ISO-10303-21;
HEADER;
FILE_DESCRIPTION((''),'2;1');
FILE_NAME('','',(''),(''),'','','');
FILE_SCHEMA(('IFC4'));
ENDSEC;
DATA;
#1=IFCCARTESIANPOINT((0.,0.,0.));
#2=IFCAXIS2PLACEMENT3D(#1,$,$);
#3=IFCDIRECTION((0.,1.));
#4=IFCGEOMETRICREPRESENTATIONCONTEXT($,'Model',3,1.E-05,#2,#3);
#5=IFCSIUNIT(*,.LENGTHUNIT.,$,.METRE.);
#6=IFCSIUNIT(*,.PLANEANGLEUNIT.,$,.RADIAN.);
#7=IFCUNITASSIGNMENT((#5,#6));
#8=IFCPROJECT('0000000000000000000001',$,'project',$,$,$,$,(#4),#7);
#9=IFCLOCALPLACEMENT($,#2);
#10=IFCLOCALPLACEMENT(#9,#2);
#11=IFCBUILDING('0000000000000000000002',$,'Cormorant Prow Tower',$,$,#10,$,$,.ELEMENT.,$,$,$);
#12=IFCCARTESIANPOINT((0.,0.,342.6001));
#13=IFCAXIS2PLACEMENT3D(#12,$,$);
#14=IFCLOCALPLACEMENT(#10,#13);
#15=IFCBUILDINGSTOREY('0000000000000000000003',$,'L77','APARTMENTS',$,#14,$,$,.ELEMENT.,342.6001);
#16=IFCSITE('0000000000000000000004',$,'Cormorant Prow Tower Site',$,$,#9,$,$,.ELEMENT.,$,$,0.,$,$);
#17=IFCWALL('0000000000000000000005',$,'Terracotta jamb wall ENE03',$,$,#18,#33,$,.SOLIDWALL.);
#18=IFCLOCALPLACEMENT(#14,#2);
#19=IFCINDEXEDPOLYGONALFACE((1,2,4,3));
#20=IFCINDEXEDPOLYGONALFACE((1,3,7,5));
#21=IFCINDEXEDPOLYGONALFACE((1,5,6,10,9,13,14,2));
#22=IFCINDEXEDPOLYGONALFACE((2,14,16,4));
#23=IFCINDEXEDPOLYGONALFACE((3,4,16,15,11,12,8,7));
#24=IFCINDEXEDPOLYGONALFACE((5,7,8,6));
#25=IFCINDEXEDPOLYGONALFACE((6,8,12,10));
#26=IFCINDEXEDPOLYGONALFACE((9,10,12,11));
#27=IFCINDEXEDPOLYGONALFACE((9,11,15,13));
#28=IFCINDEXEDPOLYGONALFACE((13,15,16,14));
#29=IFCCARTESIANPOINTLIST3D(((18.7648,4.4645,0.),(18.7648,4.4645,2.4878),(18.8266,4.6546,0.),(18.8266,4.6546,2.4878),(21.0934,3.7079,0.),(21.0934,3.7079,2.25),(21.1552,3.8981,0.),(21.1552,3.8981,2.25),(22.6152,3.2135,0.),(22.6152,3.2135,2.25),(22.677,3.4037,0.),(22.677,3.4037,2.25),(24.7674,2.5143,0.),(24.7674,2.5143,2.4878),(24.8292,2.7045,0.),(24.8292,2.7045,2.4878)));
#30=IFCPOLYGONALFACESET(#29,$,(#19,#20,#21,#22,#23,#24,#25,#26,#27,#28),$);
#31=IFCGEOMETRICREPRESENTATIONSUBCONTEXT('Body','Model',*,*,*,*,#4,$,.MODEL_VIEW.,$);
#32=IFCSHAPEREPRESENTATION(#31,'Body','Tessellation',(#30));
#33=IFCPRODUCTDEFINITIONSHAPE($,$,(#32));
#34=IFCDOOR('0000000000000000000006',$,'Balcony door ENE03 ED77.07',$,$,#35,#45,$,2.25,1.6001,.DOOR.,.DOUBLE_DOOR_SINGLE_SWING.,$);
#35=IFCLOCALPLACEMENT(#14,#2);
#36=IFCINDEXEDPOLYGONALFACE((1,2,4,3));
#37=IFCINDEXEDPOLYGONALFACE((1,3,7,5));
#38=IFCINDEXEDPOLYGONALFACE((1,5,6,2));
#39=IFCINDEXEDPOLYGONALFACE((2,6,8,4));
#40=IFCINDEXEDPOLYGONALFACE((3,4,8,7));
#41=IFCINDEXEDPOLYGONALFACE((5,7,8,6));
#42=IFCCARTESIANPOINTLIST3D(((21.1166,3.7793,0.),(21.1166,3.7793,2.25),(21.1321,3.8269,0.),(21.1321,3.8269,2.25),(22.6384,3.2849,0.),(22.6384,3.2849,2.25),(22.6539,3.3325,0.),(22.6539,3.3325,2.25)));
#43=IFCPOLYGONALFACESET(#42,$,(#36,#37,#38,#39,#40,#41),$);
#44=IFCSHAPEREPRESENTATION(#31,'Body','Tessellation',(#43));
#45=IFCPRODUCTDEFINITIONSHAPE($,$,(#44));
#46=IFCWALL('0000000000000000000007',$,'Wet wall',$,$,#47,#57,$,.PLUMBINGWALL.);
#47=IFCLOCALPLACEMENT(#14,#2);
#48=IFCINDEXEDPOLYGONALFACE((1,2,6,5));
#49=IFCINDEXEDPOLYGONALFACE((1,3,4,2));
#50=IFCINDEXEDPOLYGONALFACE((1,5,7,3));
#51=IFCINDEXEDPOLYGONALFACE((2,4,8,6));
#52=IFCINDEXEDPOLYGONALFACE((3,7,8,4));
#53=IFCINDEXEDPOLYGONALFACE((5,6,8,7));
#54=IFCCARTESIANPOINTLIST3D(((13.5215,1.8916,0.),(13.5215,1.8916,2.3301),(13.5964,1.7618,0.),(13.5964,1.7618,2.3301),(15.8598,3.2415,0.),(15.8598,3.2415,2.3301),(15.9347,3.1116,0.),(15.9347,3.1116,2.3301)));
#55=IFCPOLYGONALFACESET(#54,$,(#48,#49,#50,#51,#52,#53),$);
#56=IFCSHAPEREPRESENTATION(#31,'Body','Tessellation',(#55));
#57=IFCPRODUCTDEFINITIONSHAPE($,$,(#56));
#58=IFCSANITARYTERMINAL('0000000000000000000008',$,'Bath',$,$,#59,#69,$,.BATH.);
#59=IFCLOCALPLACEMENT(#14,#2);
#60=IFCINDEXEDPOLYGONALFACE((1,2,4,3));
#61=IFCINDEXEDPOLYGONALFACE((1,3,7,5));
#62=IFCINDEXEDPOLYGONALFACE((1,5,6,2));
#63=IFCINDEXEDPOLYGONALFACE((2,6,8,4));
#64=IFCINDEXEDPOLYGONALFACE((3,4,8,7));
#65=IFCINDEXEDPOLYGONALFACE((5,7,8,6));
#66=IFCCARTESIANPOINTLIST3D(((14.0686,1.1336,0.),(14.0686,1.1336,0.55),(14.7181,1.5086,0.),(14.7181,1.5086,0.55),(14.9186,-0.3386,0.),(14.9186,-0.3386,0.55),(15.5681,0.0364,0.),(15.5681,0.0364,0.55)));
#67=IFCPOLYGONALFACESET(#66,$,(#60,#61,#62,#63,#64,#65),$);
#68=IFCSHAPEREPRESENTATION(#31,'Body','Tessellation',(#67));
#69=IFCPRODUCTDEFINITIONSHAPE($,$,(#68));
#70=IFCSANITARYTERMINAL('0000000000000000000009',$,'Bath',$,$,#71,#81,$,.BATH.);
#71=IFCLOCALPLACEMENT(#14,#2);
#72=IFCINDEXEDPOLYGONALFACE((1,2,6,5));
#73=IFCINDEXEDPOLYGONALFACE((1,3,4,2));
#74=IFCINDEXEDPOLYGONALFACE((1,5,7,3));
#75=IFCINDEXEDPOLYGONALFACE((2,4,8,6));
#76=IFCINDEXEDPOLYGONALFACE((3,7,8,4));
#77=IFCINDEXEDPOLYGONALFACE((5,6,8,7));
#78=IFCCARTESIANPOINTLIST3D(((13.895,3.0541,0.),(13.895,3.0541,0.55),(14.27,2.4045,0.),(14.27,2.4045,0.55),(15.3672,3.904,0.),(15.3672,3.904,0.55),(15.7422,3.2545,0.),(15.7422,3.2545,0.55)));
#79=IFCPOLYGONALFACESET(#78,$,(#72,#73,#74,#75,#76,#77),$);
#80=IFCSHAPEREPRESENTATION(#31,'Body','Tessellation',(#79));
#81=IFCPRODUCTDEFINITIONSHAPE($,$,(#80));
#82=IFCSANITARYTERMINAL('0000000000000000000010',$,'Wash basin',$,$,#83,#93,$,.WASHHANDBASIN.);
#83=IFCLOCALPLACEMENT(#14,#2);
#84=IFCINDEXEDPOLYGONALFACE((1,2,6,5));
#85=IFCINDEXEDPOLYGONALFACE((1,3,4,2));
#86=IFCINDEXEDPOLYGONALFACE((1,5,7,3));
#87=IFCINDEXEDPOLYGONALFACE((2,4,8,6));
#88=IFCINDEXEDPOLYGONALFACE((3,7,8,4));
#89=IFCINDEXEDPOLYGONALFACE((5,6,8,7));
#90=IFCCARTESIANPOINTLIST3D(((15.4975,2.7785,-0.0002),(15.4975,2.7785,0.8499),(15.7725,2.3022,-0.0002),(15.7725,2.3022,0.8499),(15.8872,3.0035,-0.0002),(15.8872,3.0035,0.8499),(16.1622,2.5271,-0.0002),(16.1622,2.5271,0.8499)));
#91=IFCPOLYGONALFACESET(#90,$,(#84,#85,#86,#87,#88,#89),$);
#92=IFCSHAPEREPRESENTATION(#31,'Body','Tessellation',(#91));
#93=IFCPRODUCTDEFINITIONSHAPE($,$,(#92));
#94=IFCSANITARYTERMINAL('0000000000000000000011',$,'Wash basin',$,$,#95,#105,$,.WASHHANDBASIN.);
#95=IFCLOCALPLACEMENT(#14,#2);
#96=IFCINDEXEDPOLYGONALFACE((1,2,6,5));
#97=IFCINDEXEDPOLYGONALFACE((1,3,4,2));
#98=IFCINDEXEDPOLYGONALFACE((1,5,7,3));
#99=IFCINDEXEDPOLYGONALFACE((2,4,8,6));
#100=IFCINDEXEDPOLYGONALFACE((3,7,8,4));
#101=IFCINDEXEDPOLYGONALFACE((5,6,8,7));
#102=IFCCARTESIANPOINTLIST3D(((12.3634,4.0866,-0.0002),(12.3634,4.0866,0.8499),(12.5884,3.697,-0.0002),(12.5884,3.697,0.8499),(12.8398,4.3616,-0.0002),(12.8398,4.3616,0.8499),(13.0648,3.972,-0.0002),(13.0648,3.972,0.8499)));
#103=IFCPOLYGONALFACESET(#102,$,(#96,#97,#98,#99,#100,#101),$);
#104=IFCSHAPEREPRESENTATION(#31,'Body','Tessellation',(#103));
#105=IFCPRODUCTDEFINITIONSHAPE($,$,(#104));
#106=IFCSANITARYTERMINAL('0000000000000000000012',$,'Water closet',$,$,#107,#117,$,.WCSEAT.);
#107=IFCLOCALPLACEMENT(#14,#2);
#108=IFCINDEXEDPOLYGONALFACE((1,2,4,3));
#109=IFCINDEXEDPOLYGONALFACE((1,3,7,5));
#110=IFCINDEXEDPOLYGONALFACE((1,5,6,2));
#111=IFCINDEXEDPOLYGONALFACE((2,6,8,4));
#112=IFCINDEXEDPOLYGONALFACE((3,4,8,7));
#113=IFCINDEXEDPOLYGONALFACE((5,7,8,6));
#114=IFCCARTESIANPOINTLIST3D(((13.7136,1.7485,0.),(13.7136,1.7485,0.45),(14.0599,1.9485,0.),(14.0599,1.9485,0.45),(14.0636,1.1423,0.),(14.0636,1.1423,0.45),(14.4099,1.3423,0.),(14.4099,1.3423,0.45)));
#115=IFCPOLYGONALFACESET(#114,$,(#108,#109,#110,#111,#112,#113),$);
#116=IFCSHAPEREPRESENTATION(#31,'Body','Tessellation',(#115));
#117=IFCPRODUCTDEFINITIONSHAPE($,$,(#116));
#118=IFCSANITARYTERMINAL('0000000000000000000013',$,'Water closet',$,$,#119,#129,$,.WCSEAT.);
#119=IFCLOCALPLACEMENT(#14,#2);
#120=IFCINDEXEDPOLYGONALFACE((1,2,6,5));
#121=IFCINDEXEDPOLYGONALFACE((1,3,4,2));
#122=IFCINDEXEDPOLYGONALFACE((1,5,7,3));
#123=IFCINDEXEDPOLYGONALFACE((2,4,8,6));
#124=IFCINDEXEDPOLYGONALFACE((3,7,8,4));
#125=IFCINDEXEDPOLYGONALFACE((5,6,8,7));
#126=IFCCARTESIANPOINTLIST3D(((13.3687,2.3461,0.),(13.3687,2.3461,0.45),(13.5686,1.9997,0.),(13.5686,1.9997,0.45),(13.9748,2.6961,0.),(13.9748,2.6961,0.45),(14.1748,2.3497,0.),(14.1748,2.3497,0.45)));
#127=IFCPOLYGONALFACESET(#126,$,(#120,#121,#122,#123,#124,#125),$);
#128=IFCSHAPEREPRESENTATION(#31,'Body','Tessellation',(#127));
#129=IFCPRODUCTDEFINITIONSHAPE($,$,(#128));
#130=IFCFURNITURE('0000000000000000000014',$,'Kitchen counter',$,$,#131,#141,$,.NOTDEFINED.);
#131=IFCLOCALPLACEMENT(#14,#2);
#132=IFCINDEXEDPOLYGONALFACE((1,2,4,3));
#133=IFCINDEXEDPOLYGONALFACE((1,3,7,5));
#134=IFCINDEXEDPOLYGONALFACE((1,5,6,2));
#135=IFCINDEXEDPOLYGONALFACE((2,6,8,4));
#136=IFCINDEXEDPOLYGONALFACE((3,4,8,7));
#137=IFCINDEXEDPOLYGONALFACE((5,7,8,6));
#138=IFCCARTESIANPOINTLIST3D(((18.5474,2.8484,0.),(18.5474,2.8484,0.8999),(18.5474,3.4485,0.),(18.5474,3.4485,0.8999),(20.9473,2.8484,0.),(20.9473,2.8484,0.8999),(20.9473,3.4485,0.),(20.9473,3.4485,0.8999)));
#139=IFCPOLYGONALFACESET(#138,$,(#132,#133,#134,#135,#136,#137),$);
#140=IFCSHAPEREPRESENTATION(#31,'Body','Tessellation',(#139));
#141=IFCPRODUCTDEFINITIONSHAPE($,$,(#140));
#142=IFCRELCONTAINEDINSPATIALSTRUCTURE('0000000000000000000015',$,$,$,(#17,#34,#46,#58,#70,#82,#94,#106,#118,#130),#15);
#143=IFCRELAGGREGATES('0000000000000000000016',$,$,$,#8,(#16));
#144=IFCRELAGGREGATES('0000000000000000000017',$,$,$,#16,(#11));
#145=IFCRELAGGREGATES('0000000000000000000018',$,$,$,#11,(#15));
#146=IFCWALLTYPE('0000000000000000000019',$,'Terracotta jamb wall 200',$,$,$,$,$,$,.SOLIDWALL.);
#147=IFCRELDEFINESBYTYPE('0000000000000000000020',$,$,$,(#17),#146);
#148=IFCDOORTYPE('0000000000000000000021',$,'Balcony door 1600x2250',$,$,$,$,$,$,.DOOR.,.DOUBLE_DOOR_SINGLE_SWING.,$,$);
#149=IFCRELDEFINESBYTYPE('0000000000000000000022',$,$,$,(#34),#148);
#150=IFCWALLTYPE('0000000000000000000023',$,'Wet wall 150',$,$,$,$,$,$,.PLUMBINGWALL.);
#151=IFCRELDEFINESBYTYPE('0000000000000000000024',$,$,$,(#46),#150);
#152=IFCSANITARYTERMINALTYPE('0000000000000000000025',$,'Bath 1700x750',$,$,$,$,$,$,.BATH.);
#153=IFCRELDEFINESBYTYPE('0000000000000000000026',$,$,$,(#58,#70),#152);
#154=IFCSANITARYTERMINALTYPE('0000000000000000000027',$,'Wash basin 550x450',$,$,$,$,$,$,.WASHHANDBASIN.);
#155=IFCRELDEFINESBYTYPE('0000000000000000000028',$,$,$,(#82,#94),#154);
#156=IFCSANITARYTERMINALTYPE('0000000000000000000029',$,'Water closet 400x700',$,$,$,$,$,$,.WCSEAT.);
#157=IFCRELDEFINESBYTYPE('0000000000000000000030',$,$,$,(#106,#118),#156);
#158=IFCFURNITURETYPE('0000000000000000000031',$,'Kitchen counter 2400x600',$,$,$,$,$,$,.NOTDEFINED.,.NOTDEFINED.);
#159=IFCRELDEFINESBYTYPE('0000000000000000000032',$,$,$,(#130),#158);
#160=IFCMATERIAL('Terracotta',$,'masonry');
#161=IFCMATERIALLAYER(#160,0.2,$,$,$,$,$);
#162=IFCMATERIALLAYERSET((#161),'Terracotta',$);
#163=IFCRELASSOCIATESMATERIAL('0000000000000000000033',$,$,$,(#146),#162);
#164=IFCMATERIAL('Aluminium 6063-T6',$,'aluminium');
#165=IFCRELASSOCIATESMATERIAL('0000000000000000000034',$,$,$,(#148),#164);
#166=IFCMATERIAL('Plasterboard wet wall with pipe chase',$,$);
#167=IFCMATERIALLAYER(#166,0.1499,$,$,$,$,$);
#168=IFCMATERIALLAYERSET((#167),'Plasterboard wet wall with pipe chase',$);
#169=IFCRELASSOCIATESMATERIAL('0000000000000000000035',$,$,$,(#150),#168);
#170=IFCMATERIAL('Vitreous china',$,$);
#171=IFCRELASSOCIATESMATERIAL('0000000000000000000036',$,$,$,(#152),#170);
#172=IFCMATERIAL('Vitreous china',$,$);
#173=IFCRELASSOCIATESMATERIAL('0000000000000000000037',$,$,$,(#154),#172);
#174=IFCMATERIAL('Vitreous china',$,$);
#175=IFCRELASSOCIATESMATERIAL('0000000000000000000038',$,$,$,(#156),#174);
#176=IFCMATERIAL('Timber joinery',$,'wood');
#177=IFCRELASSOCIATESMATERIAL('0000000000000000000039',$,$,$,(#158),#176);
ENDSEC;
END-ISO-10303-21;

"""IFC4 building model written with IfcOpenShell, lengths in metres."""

from ifc_helpers import new_model, si_unit, direction, frame, frame_2d, origin, origin_2d, place, context, subcontext, project, spatial, rectangle, extrude, material, layer, layer_set, type_object, element, fill, save


model = new_model("IFC4")

# Units and contexts
model_context = context("Model", 3, precision=1e-05, world=origin(), true_north=direction((0.0, 1.0)))
body_context = subcontext(model_context, "Body", "Model", "MODEL_VIEW")
ifc_project = project(units=[si_unit("LENGTHUNIT", "METRE"), si_unit("PLANEANGLEUNIT", "RADIAN")], contexts=[model_context])

# Site, building, storey
site_placement = place(None, origin())
site = spatial("IfcSite", under=ifc_project, at=site_placement, Name="Cormorant Prow Tower Site", CompositionType="ELEMENT", RefElevation=0.0)
building_placement = place(site_placement, origin())
building = spatial("IfcBuilding", under=site, at=building_placement, Name="Cormorant Prow Tower", CompositionType="ELEMENT")
storey_placement = place(building_placement, frame((0.0, 0.0, 342.6001)))
storey = spatial("IfcBuildingStorey", under=building, at=storey_placement, Name="L77", Description="APARTMENTS", CompositionType="ELEMENT", Elevation=342.6001)

# Wall, opening, door
ifc_material_1 = material(Name="Terracotta", Category="masonry")
ifc_layer_1 = layer(ifc_material_1, 0.2)
ifc_layer_set_1 = layer_set([ifc_layer_1], Name="Terracotta")
wall_type_1 = type_object("IfcWallType", Name="Terracotta jamb wall 200", PredefinedType="SOLIDWALL", material=ifc_layer_set_1)
wall_1_placement = place(storey_placement, frame((24.7983, 2.6094, 0.0), z_axis=(0.0, 0.0, 1.0), x_axis=(-0.951066, 0.308989, 0.0)))
wall_1 = element("IfcWall", 1, at=wall_1_placement, inside=storey, type_object=wall_type_1, Name="Terracotta jamb wall ENE03", PredefinedType="SOLIDWALL", context=body_context, shape_type="SweptSolid", body=[
    extrude(rectangle(XDim=6.3115, YDim=0.2, at=frame_2d((3.1558, 0.0))), origin(), (0.0, 0.0, 1.0), 2.4878),
])
opening_1_placement = place(wall_1_placement, frame((2.2629, 0.0, 0.0)))
opening_1 = element("IfcOpeningElement", 2, at=opening_1_placement, cuts=wall_1, PredefinedType="OPENING", context=body_context, shape_type="SweptSolid", body=[
    extrude(rectangle(XDim=1.6001, YDim=2.25, at=frame_2d((0.8, 1.125))), frame((0.0, 0.1099, 0.0), z_axis=(0.0, -1.0, 0.0), x_axis=(1.0, 0.0, 0.0)), (0.0, 0.0, 1.0), 0.22),
])
ifc_material_2 = material(Name="Aluminium 6063-T6", Category="aluminium")
door_type_1 = type_object("IfcDoorType", Name="Balcony door 1600x2250", OperationType="DOUBLE_DOOR_SINGLE_SWING", PredefinedType="DOOR", material=ifc_material_2)
door_1_placement = place(opening_1_placement, origin())
door_1 = element("IfcDoor", 3, at=door_1_placement, inside=storey, type_object=door_type_1, Name="Balcony door ENE03 ED77.07", OperationType="DOUBLE_DOOR_SINGLE_SWING", OverallHeight=2.25, OverallWidth=1.6001, PredefinedType="DOOR", context=body_context, shape_type="SweptSolid", body=[
    extrude(rectangle(XDim=1.6001, YDim=2.25, at=frame_2d((0.8, 1.125))), frame((0.0, 0.0249, 0.0), z_axis=(0.0, -1.0, 0.0), x_axis=(1.0, 0.0, 0.0)), (0.0, 0.0, 1.0), 0.05),
])
fill(opening_1, door_1)

# Wall
ifc_material_3 = material(Name="Plasterboard wet wall with pipe chase")
ifc_layer_2 = layer(ifc_material_3, 0.1499)
ifc_layer_set_2 = layer_set([ifc_layer_2], Name="Plasterboard wet wall with pipe chase")
wall_type_2 = type_object("IfcWallType", Name="Wet wall 150", PredefinedType="PLUMBINGWALL", material=ifc_layer_set_2)
wall_2_placement = place(storey_placement, frame((13.5588, 1.8267, 0.0), z_axis=(0.0, 0.0, 1.0), x_axis=(0.866059, 0.499942, 0.0)))
element("IfcWall", 4, at=wall_2_placement, inside=storey, type_object=wall_type_2, Name="Wet wall", PredefinedType="PLUMBINGWALL", context=body_context, shape_type="SweptSolid", body=[
    extrude(rectangle(XDim=2.7, YDim=0.1499, at=frame_2d((1.3501, 0.0))), origin(), (0.0, 0.0, 1.0), 2.3301),
])

# Sanitary terminals
ifc_material_4 = material(Name="Vitreous china")
sanitary_terminal_type_1 = type_object("IfcSanitaryTerminalType", Name="Bath 1700x750", PredefinedType="BATH", material=ifc_material_4)
for number, where, z_axis, x_axis, name in (
    (5, (14.8184, 0.585, 0.0), (0.0, 0.0, 1.0), (-0.5, 0.866025, 0.0), "Bath"),
    (6, (14.8186, 3.1543, 0.0), (0.0, 0.0, 1.0), (-0.866025, -0.5, 0.0), "Bath"),
):
    element("IfcSanitaryTerminal", number, at=place(storey_placement, frame(where, z_axis=z_axis, x_axis=x_axis)), inside=storey, type_object=sanitary_terminal_type_1, Name=name, PredefinedType="BATH", context=body_context, shape_type="SweptSolid", body=[
        extrude(rectangle(XDim=1.7, YDim=0.75, at=origin_2d()), origin(), (0.0, 0.0, 1.0), 0.55),
    ])
ifc_material_5 = material(Name="Vitreous china")
sanitary_terminal_type_2 = type_object("IfcSanitaryTerminalType", Name="Wash basin 550x450", PredefinedType="WASHHANDBASIN", material=ifc_material_5)
for number, where, z_axis, x_axis, name in (
    (7, (15.8298, 2.6528, -0.0002), (0.0, 0.0, 1.0), (0.5, -0.866025, 0.0), "Wash basin"),
    (8, (12.7141, 4.0293, -0.0002), (0.0, 0.0, 1.0), (0.866025, 0.5, 0.0), "Wash basin"),
):
    element("IfcSanitaryTerminal", number, at=place(storey_placement, frame(where, z_axis=z_axis, x_axis=x_axis)), inside=storey, type_object=sanitary_terminal_type_2, Name=name, PredefinedType="WASHHANDBASIN", context=body_context, shape_type="SweptSolid", body=[
        extrude(rectangle(XDim=0.55, YDim=0.45, at=origin_2d()), origin(), (0.0, 0.0, 1.0), 0.8501),
    ])
ifc_material_6 = material(Name="Vitreous china")
sanitary_terminal_type_3 = type_object("IfcSanitaryTerminalType", Name="Water closet 400x700", PredefinedType="WCSEAT", material=ifc_material_6)
for number, where, z_axis, x_axis, name in (
    (9, (14.0618, 1.5454, 0.0), (0.0, 0.0, 1.0), (0.866025, 0.5, 0.0), "Water closet"),
    (10, (13.7717, 2.3479, 0.0), (0.0, 0.0, 1.0), (-0.5, 0.866025, 0.0), "Water closet"),
):
    element("IfcSanitaryTerminal", number, at=place(storey_placement, frame(where, z_axis=z_axis, x_axis=x_axis)), inside=storey, type_object=sanitary_terminal_type_3, Name=name, PredefinedType="WCSEAT", context=body_context, shape_type="SweptSolid", body=[
        extrude(rectangle(XDim=0.3999, YDim=0.7, at=origin_2d()), origin(), (0.0, 0.0, 1.0), 0.45),
    ])

# Furniture
ifc_material_7 = material(Name="Timber joinery", Category="wood")
furniture_type = type_object("IfcFurnitureType", Name="Kitchen counter 2400x600", AssemblyPlace="NOTDEFINED", PredefinedType="NOTDEFINED", material=ifc_material_7)
furniture_placement = place(storey_placement, frame((19.7473, 3.1484, 0.0), z_axis=(0.0, 0.0, 1.0), x_axis=(1.0, 0.0, 0.0)))
element("IfcFurniture", 11, at=furniture_placement, inside=storey, type_object=furniture_type, Name="Kitchen counter", PredefinedType="NOTDEFINED", context=body_context, shape_type="SweptSolid", body=[
    extrude(rectangle(XDim=2.3999, YDim=0.6001, at=origin_2d()), origin(), (0.0, 0.0, 1.0), 0.8999),
])

save(model, "model.ifc")
